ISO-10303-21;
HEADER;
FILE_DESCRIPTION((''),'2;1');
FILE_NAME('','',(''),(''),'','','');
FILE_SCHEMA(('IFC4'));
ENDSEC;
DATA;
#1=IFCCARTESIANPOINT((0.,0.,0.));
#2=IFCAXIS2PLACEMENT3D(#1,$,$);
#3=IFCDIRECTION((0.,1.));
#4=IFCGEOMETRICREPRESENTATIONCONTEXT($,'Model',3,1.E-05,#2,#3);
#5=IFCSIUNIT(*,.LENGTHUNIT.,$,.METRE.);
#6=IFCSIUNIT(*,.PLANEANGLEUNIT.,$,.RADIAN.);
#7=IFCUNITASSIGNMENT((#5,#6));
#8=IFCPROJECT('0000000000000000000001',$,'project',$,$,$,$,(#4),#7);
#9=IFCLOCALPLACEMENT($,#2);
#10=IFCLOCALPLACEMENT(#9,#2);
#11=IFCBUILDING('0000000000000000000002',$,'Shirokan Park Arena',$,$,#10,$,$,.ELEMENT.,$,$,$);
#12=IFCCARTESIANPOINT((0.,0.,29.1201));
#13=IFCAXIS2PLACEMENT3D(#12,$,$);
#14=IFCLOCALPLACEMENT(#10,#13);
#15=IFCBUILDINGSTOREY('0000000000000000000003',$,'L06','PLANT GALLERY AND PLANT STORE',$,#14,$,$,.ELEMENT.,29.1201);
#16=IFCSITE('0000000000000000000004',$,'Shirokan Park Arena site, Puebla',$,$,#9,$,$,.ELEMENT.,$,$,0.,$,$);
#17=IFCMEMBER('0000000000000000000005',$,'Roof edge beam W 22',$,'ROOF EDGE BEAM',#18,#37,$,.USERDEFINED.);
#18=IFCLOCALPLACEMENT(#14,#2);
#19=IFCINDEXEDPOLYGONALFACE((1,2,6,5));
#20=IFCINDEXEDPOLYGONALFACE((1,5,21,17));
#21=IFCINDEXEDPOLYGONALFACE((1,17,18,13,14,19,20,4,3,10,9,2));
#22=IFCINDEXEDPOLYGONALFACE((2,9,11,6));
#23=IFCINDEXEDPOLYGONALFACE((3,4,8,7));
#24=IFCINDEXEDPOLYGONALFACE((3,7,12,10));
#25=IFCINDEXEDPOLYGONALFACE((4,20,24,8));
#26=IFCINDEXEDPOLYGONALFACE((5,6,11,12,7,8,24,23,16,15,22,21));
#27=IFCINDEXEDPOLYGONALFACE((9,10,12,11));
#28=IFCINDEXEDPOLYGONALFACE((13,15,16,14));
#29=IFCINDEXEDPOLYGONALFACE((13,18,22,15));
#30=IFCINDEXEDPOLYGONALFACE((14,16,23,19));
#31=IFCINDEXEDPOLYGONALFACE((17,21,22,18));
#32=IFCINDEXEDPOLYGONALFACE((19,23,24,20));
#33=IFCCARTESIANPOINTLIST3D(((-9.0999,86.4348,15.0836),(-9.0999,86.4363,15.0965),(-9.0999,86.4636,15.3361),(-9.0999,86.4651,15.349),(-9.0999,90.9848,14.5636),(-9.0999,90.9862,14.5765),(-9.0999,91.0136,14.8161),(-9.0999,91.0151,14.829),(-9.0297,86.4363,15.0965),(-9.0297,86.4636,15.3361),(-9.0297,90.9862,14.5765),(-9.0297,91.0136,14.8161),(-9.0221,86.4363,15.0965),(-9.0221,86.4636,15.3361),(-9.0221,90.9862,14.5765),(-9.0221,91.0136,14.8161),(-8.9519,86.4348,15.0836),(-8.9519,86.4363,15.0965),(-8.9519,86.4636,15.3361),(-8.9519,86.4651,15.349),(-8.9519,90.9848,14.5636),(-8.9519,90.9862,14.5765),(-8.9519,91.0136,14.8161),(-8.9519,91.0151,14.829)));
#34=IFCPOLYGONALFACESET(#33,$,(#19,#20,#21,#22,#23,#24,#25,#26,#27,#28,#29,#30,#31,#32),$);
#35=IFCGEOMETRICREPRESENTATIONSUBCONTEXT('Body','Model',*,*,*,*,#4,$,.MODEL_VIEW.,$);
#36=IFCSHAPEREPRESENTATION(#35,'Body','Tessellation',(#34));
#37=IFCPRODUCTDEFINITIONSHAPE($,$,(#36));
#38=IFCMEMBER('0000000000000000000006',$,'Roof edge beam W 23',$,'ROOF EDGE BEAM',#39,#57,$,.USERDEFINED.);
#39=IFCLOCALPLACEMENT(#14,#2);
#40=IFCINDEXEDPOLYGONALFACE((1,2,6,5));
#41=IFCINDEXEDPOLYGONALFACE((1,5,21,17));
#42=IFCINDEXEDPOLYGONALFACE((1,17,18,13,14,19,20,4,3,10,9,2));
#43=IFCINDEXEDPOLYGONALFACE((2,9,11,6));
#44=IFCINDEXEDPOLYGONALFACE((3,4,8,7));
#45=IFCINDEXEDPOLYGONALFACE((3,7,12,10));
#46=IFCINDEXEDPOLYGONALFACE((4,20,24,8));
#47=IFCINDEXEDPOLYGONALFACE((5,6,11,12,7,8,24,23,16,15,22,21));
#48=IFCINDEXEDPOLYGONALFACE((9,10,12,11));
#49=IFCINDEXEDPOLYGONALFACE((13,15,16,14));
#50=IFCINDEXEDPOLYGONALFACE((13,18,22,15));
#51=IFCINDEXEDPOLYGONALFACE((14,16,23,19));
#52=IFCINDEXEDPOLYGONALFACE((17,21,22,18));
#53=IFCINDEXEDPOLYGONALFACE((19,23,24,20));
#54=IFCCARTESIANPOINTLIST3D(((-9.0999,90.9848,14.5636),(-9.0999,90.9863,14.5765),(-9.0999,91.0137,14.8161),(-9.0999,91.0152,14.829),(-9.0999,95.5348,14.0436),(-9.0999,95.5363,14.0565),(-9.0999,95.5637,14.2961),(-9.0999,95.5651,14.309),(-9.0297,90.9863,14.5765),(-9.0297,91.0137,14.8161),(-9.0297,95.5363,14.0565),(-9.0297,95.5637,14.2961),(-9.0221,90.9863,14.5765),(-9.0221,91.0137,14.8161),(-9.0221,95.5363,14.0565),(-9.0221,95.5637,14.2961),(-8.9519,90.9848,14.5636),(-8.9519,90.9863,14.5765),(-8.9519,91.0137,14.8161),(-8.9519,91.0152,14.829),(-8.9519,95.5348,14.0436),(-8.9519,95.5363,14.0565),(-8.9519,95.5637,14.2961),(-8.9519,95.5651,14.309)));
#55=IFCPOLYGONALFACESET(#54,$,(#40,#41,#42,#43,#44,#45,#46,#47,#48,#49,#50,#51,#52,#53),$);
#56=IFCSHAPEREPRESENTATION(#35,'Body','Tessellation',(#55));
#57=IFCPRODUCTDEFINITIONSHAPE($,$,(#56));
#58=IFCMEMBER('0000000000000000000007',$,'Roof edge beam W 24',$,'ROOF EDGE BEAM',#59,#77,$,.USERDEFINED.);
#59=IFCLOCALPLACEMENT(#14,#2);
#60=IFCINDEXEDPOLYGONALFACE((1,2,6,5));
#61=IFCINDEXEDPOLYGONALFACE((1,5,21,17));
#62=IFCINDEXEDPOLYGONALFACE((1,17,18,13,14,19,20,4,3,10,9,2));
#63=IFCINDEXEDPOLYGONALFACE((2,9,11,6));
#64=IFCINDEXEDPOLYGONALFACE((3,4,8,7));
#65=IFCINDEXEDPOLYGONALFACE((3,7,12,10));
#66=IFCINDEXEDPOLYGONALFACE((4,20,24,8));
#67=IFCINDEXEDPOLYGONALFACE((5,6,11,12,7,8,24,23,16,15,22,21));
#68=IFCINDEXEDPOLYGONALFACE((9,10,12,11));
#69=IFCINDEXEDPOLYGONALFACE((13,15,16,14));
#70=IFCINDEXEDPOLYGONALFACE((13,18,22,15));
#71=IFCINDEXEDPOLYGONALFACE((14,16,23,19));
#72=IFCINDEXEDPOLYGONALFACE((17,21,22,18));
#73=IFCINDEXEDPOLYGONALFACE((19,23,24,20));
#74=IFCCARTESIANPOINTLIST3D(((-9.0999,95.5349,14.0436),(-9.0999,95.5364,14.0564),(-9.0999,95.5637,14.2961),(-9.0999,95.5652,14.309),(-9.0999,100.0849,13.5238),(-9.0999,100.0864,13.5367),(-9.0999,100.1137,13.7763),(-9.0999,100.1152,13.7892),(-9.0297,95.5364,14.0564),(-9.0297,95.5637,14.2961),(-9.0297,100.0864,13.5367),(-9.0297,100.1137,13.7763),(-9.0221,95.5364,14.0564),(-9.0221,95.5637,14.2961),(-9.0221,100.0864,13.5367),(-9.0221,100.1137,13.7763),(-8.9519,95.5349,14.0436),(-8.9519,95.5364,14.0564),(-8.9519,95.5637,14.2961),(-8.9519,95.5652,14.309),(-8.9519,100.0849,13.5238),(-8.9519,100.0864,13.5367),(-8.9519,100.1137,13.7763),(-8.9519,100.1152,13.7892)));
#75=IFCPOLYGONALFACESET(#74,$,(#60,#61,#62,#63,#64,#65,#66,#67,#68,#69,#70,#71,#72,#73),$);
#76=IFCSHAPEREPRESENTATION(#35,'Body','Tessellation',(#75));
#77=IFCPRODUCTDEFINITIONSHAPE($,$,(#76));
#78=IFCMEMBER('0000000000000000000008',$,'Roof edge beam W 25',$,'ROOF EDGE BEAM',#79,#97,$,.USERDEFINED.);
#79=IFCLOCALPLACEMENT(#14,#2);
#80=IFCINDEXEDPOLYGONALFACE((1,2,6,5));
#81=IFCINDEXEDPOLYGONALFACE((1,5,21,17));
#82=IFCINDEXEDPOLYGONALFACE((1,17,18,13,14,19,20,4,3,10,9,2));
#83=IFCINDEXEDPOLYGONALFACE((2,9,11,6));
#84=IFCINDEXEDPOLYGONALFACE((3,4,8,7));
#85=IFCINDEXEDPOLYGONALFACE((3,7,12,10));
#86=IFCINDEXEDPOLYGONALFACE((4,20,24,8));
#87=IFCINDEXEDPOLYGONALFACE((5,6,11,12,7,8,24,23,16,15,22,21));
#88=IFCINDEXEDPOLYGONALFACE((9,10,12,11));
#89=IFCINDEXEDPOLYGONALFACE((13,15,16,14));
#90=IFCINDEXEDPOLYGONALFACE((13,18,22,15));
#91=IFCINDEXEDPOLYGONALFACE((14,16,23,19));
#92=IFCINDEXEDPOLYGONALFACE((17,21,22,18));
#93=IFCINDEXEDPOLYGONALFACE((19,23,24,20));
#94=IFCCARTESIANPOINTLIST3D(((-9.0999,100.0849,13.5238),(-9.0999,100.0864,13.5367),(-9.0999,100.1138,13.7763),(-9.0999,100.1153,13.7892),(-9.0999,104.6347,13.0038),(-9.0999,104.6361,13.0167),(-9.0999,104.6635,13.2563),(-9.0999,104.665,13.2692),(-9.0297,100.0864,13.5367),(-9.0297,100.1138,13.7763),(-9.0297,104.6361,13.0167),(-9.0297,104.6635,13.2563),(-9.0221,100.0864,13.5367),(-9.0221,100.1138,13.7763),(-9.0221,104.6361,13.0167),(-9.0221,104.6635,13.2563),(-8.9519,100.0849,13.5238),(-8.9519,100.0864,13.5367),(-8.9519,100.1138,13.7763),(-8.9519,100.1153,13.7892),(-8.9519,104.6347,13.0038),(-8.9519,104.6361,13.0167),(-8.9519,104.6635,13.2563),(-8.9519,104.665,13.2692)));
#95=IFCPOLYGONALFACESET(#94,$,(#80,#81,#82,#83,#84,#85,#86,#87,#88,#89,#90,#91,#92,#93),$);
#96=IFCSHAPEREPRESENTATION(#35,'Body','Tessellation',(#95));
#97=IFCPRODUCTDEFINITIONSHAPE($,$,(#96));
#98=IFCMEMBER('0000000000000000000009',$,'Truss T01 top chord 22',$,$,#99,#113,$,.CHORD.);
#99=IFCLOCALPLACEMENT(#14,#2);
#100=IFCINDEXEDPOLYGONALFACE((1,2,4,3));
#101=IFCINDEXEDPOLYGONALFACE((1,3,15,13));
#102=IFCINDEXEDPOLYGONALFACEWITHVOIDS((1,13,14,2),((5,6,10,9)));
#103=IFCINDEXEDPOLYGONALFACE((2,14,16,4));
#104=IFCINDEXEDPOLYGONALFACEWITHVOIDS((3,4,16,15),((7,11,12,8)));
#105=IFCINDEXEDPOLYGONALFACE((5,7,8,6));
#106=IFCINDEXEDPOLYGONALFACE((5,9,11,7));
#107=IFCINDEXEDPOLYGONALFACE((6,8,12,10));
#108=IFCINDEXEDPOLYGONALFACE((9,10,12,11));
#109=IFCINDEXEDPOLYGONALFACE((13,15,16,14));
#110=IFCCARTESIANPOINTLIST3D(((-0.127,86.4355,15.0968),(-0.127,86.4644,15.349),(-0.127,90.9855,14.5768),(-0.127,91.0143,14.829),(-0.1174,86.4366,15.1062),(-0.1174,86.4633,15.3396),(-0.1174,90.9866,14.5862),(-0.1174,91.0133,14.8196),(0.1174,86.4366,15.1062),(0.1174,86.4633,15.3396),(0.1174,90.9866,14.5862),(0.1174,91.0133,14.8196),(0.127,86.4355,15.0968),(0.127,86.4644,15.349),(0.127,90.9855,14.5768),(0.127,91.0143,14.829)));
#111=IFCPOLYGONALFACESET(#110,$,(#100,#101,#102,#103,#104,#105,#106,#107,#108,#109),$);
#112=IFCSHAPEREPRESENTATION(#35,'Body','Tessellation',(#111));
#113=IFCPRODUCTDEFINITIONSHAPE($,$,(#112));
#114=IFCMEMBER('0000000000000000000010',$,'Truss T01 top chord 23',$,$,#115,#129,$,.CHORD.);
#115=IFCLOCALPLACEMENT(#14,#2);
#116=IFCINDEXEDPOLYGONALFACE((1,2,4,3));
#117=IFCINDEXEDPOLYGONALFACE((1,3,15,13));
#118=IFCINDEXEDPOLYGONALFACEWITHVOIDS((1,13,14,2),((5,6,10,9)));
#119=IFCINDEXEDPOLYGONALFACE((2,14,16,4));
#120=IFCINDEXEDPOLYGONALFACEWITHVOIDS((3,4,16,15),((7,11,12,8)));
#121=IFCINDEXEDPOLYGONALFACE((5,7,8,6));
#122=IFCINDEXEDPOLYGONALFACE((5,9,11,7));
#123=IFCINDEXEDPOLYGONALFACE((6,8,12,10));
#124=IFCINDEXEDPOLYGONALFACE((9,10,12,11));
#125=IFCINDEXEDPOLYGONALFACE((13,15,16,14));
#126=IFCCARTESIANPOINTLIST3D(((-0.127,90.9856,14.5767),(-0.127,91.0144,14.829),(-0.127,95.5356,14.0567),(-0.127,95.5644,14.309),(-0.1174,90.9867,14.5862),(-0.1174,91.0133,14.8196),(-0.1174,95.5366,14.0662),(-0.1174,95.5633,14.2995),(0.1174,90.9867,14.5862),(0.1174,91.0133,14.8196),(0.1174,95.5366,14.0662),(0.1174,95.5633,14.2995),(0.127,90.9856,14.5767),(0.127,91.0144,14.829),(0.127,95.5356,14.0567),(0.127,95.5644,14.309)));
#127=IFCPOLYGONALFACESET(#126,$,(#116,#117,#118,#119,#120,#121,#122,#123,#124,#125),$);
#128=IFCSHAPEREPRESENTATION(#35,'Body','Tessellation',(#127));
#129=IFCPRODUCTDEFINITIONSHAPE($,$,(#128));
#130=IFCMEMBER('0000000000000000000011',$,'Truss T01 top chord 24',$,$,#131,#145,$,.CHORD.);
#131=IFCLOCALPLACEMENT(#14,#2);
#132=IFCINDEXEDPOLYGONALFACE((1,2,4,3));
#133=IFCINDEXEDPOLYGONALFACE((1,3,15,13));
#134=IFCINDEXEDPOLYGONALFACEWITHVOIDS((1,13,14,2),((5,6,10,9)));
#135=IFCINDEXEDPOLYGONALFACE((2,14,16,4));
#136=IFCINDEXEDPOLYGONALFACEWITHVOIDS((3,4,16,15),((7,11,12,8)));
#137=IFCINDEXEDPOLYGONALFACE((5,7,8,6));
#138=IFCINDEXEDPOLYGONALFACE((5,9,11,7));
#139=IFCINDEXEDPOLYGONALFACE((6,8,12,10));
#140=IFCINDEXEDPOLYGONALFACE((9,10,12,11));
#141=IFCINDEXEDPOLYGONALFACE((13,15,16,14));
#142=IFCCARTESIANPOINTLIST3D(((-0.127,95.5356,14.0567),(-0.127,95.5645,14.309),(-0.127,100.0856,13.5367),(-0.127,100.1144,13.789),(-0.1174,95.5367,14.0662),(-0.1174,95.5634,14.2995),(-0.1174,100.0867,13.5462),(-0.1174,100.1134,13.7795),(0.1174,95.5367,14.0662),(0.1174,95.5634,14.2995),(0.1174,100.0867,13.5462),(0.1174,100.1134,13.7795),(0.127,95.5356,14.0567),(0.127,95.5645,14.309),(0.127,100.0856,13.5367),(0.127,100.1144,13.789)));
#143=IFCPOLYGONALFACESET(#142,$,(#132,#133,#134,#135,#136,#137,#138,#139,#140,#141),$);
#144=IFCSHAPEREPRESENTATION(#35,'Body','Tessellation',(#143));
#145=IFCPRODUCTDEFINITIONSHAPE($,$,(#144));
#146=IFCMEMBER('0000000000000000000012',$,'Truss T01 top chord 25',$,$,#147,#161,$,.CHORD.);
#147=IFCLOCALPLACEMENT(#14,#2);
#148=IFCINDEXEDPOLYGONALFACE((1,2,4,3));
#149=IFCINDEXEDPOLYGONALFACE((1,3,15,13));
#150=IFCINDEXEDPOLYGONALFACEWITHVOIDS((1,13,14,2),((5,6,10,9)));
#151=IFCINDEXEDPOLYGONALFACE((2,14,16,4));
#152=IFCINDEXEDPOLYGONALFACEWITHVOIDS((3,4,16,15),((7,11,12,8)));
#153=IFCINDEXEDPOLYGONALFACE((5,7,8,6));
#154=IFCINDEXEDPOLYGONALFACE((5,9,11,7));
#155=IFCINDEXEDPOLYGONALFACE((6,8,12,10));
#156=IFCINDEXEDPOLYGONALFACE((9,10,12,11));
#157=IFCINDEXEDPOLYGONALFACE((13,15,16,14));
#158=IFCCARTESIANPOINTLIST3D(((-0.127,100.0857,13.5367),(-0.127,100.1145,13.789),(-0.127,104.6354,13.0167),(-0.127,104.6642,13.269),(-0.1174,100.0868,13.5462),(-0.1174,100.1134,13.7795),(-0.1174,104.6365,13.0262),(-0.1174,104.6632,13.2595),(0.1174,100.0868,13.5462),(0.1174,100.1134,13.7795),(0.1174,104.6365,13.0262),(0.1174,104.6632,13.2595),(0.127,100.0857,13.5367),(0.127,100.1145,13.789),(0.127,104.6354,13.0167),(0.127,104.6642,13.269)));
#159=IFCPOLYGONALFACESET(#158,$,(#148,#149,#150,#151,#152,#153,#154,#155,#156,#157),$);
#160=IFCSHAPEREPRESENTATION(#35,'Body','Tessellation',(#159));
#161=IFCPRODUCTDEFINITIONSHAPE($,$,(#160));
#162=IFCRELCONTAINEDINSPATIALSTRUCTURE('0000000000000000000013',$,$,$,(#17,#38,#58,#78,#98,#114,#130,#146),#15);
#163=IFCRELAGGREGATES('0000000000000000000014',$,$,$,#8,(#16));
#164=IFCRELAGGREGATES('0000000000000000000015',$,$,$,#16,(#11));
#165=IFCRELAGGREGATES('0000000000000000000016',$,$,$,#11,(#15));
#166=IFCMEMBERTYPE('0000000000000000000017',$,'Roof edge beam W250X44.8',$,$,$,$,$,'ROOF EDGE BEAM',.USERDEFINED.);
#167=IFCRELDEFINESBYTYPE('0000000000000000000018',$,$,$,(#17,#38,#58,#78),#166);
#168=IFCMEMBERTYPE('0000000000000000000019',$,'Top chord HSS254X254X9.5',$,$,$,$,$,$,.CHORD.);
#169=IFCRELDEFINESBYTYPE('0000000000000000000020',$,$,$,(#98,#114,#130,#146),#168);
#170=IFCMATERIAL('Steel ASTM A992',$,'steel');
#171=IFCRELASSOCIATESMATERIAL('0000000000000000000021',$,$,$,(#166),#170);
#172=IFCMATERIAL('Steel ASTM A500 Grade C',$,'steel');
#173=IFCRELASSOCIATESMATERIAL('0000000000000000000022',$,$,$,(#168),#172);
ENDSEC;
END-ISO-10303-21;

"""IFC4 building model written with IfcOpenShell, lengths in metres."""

from ifc_helpers import new_model, si_unit, direction, frame, origin, origin_2d, place, context, subcontext, project, spatial, hollow_rectangle, i_section, extrude, material, material_profile, profile_set, type_object, element, save


model = new_model("IFC4")

# Units and contexts
model_context = context("Model", 3, precision=1e-05, world=origin(), true_north=direction((0.0, 1.0)))
body_context = subcontext(model_context, "Body", "Model", "MODEL_VIEW")
ifc_project = project(units=[si_unit("LENGTHUNIT", "METRE"), si_unit("PLANEANGLEUNIT", "RADIAN")], contexts=[model_context])

# Site, building, storey
site_placement = place(None, origin())
site = spatial("IfcSite", under=ifc_project, at=site_placement, Name="Shirokan Park Arena site, Puebla", CompositionType="ELEMENT", RefElevation=0.0)
building_placement = place(site_placement, origin())
building = spatial("IfcBuilding", under=site, at=building_placement, Name="Shirokan Park Arena", CompositionType="ELEMENT")
storey_placement = place(building_placement, frame((0.0, 0.0, 29.1201)))
storey = spatial("IfcBuildingStorey", under=building, at=storey_placement, Name="L06", Description="PLANT GALLERY AND PLANT STORE", CompositionType="ELEMENT", Elevation=29.1201)

# Members
ifc_material_1 = material(Name="Steel ASTM A992", Category="steel")
ifc_material_profile_1 = material_profile(ifc_material_1, i_section(OverallWidth=0.1479, OverallDepth=0.2671, WebThickness=0.0076, FlangeThickness=0.0129, at=origin_2d()), Name="W250X44.8")
ifc_profile_set_1 = profile_set([ifc_material_profile_1], Name="Steel ASTM A992")
member_type_1 = type_object("IfcMemberType", Name="Roof edge beam W250X44.8", ElementType="ROOF EDGE BEAM", PredefinedType="USERDEFINED", material=ifc_profile_set_1)
for number, where, z_axis, x_axis, name in (
    (1, (-9.0259, 86.45, 15.2163), (0.0, 0.993532, -0.11355), (-1.0, 0.0, 0.0), "Roof edge beam W 22"),
    (2, (-9.0259, 91.0, 14.6963), (0.0, 0.993532, -0.11355), (-1.0, 0.0, 0.0), "Roof edge beam W 23"),
    (3, (-9.0259, 95.55, 14.1763), (0.0, 0.993538, -0.113497), (-1.0, 0.0, 0.0), "Roof edge beam W 24"),
):
    element("IfcMember", number, at=place(storey_placement, frame(where, z_axis=z_axis, x_axis=x_axis)), inside=storey, type_object=member_type_1, Name=name, ObjectType="ROOF EDGE BEAM", PredefinedType="USERDEFINED", context=body_context, shape_type="SweptSolid", body=[
        extrude(i_section(OverallWidth=0.1479, OverallDepth=0.2671, WebThickness=0.0076, FlangeThickness=0.0129, at=origin_2d()), origin(), (0.0, 0.0, 1.0), 4.5796),
    ])
member_1_placement = place(storey_placement, frame((-9.0259, 100.1001, 13.6565), z_axis=(0.0, 0.993532, -0.113556), x_axis=(-1.0, 0.0, 0.0)))
element("IfcMember", 4, at=member_1_placement, inside=storey, type_object=member_type_1, Name="Roof edge beam W 25", ObjectType="ROOF EDGE BEAM", PredefinedType="USERDEFINED", context=body_context, shape_type="SweptSolid", body=[
    extrude(i_section(OverallWidth=0.1479, OverallDepth=0.2671, WebThickness=0.0076, FlangeThickness=0.0129, at=origin_2d()), origin(), (0.0, 0.0, 1.0), 4.5793),
])
ifc_material_2 = material(Name="Steel ASTM A500 Grade C", Category="steel")
ifc_material_profile_2 = material_profile(ifc_material_2, hollow_rectangle(XDim=0.2539, YDim=0.2539, WallThickness=0.0095, at=origin_2d()), Name="HSS254X254X9.5")
ifc_profile_set_2 = profile_set([ifc_material_profile_2], Name="Steel ASTM A500 Grade C")
member_type_2 = type_object("IfcMemberType", Name="Top chord HSS254X254X9.5", PredefinedType="CHORD", material=ifc_profile_set_2)
for number, where, z_axis, x_axis, name in (
    (5, (0.0, 86.45, 15.2229), (0.0, 0.993532, -0.11355), (-1.0, 0.0, 0.0), "Truss T01 top chord 22"),
    (6, (0.0, 91.0, 14.7029), (0.0, 0.993532, -0.11355), (-1.0, 0.0, 0.0), "Truss T01 top chord 23"),
    (7, (0.0, 95.55, 14.1829), (0.0, 0.993532, -0.11355), (-1.0, 0.0, 0.0), "Truss T01 top chord 24"),
):
    element("IfcMember", number, at=place(storey_placement, frame(where, z_axis=z_axis, x_axis=x_axis)), inside=storey, type_object=member_type_2, Name=name, PredefinedType="CHORD", context=body_context, shape_type="SweptSolid", body=[
        extrude(hollow_rectangle(XDim=0.2539, YDim=0.2539, WallThickness=0.0095, at=origin_2d()), origin(), (0.0, 0.0, 1.0), 4.5796),
    ])
member_2_placement = place(storey_placement, frame((0.0, 100.1001, 13.6628), z_axis=(0.0, 0.993532, -0.113556), x_axis=(-1.0, 0.0, 0.0)))
element("IfcMember", 8, at=member_2_placement, inside=storey, type_object=member_type_2, Name="Truss T01 top chord 25", PredefinedType="CHORD", context=body_context, shape_type="SweptSolid", body=[
    extrude(hollow_rectangle(XDim=0.2539, YDim=0.2539, WallThickness=0.0095, at=origin_2d()), origin(), (0.0, 0.0, 1.0), 4.5793),
])

save(model, "model.ifc")
